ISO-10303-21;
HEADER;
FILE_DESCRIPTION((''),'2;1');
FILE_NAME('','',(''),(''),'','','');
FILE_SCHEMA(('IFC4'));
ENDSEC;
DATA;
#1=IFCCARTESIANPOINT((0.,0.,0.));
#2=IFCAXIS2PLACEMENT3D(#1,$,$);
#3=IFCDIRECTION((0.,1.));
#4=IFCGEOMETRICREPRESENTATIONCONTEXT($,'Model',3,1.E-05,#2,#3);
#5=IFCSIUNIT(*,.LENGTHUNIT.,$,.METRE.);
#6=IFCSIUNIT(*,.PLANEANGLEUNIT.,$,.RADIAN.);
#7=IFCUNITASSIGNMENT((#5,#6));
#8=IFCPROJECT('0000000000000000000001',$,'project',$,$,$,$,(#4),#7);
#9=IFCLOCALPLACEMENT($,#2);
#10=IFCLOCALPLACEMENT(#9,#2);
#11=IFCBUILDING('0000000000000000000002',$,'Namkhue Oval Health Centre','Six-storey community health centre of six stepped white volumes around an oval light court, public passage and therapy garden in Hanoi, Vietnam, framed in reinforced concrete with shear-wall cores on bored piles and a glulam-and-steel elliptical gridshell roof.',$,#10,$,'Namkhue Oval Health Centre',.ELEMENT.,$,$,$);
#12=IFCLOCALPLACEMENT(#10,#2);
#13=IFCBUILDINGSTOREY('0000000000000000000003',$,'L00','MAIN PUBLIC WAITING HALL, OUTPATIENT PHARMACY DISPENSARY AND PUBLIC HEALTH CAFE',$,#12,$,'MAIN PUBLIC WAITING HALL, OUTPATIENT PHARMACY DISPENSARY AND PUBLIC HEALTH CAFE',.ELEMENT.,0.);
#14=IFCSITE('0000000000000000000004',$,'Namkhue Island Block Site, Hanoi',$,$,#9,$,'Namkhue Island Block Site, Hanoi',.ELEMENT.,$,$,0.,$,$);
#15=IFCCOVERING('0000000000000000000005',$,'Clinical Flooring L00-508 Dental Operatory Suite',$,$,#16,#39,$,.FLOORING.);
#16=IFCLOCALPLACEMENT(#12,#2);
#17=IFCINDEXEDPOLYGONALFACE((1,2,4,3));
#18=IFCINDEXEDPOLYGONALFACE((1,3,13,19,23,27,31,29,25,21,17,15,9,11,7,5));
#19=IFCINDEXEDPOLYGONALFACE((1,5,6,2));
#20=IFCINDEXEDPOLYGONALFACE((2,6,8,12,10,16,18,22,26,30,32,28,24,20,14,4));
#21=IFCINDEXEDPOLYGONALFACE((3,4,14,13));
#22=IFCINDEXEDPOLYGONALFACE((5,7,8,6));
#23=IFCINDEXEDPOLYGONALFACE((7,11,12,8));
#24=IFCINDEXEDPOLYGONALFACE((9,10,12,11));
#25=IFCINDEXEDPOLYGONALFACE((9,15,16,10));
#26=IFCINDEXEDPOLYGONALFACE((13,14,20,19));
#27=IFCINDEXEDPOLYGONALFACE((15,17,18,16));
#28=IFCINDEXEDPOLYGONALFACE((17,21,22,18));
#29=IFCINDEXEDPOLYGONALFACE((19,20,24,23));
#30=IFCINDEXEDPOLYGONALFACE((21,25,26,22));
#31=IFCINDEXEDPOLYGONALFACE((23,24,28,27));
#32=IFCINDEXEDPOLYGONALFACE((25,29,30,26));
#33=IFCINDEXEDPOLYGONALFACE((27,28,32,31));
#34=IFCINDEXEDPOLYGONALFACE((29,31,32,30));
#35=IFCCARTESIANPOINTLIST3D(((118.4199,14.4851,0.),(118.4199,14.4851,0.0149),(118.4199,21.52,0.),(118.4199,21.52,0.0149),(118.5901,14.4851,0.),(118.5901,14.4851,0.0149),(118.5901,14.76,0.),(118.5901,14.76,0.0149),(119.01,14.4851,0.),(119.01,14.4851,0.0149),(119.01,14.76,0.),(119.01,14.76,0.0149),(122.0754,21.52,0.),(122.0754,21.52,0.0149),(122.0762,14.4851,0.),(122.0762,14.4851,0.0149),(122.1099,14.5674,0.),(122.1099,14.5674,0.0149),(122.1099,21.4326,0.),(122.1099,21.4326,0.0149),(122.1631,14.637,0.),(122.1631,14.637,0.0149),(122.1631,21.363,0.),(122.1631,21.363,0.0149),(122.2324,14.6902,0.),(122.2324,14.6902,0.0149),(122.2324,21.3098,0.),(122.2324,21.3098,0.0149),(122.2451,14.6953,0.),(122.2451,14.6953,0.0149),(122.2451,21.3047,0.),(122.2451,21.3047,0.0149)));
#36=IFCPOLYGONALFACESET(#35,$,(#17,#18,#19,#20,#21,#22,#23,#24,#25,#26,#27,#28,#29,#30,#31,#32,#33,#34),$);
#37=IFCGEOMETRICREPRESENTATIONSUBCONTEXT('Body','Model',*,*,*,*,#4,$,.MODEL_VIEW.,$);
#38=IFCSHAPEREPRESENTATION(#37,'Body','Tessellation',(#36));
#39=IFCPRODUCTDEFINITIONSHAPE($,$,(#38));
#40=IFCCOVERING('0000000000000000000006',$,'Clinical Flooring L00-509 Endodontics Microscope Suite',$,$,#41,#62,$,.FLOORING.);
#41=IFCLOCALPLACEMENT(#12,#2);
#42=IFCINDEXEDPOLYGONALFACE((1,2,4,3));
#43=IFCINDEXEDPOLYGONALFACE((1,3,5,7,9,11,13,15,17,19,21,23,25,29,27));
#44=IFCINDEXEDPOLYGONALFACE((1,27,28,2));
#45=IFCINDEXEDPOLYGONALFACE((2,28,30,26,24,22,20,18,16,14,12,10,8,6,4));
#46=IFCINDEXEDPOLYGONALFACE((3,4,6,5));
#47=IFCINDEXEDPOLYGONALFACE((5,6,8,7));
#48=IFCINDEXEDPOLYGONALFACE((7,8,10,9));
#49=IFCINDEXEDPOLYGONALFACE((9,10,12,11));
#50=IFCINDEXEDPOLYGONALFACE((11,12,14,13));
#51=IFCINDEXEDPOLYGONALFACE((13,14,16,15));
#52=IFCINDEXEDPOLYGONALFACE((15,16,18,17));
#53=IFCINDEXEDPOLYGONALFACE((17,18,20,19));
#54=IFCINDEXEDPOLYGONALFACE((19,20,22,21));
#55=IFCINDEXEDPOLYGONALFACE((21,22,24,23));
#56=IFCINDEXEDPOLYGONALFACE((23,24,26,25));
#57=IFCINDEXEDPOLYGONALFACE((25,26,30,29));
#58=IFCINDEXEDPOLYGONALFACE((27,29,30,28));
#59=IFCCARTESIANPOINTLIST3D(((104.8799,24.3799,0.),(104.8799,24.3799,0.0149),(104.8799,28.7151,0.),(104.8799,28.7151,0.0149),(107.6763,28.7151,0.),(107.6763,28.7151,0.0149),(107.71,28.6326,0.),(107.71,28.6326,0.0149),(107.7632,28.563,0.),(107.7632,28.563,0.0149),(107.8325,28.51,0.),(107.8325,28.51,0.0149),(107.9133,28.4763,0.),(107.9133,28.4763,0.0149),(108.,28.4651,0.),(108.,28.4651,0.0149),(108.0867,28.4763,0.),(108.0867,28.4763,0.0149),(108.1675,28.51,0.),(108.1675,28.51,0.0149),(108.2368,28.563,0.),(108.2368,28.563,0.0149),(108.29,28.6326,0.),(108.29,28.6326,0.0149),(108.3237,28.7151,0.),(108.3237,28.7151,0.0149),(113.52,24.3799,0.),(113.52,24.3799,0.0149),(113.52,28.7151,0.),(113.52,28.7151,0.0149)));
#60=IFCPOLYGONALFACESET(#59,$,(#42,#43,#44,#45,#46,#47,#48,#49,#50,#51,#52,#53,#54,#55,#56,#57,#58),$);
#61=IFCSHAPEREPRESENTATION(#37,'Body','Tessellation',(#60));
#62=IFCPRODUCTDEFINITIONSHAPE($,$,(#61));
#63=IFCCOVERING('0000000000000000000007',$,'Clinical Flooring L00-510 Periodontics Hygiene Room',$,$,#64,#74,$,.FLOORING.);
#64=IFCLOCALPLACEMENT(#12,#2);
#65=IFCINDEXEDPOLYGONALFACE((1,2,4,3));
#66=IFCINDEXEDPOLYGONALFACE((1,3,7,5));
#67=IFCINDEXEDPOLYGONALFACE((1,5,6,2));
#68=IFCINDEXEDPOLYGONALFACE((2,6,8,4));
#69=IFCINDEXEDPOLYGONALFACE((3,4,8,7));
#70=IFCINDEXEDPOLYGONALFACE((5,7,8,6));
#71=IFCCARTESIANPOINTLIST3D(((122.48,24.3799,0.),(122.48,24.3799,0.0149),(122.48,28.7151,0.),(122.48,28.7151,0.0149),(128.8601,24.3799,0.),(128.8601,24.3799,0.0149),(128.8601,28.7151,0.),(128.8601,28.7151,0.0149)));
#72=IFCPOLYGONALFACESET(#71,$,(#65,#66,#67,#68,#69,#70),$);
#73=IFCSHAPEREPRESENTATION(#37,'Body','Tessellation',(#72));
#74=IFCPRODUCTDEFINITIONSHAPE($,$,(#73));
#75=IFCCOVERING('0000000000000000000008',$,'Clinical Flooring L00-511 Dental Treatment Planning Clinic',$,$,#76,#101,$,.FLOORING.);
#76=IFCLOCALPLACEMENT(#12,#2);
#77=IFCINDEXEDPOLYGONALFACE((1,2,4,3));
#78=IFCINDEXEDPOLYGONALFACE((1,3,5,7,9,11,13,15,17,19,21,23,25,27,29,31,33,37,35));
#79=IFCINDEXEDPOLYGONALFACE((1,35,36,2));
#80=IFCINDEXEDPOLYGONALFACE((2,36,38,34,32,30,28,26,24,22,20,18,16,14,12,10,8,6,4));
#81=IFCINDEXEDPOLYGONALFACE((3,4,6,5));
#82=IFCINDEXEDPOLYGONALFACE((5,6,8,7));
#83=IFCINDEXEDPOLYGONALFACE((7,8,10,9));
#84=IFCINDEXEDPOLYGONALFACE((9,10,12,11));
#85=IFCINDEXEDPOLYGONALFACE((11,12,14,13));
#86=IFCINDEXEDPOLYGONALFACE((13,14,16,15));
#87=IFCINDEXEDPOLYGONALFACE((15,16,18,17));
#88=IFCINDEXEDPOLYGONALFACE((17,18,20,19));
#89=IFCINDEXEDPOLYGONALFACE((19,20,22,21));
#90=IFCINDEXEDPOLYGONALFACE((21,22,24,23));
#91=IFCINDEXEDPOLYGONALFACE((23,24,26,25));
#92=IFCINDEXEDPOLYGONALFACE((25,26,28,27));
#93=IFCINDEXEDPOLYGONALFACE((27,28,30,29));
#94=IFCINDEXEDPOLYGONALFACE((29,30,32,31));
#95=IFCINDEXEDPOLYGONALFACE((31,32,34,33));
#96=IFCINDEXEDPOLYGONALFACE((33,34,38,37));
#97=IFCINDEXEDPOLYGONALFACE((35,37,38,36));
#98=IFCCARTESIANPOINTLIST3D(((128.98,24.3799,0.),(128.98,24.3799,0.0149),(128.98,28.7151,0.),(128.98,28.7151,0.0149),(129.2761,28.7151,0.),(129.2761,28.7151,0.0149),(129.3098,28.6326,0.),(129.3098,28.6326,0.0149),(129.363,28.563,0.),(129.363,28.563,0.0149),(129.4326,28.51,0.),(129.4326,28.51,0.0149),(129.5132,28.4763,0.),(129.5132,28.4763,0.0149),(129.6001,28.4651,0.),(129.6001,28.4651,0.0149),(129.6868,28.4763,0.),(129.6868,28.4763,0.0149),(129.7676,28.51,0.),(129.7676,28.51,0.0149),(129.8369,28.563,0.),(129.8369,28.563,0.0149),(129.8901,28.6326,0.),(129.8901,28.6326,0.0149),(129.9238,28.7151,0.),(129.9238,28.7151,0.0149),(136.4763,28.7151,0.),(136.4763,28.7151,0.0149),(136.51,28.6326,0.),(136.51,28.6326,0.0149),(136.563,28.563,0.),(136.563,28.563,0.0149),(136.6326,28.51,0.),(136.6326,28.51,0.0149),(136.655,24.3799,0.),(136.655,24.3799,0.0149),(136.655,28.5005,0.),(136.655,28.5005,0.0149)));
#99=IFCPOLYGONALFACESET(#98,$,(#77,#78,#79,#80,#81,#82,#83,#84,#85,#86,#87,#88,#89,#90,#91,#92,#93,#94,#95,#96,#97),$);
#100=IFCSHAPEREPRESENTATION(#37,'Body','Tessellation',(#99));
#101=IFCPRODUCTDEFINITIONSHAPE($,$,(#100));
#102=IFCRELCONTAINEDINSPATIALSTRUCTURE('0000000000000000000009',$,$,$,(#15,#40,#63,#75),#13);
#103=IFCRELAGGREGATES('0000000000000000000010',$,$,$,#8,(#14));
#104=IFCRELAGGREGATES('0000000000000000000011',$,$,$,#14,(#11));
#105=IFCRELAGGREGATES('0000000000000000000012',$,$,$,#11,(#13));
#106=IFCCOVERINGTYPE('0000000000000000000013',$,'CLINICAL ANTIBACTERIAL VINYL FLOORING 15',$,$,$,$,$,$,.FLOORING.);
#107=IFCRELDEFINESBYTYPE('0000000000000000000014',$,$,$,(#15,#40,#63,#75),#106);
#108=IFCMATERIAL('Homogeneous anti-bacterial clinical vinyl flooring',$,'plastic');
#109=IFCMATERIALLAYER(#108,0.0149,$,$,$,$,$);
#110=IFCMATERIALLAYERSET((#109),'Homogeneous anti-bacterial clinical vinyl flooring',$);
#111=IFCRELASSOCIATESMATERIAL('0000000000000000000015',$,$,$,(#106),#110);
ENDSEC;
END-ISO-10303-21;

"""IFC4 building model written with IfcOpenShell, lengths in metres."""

from ifc_helpers import new_model, si_unit, direction, origin, place, context, subcontext, project, spatial, polyline, outline, extrude, material, layer, layer_set, type_object, element, save


model = new_model("IFC4")

# Units and contexts
model_context = context("Model", 3, precision=1e-05, world=origin(), true_north=direction((0.0, 1.0)))
body_context = subcontext(model_context, "Body", "Model", "MODEL_VIEW")
ifc_project = project(units=[si_unit("LENGTHUNIT", "METRE"), si_unit("PLANEANGLEUNIT", "RADIAN")], contexts=[model_context])

# Site, building, storey
site_placement = place(None, origin())
site = spatial("IfcSite", under=ifc_project, at=site_placement, Name="Namkhue Island Block Site, Hanoi", LongName="Namkhue Island Block Site, Hanoi", CompositionType="ELEMENT", RefElevation=0.0)
building_placement = place(site_placement, origin())
building = spatial("IfcBuilding", under=site, at=building_placement, Name="Namkhue Oval Health Centre", Description="Six-storey community health centre of six stepped white volumes around an oval light court, public passage and therapy garden in Hanoi, Vietnam, framed in reinforced concrete with shear-wall cores on bored piles and a glulam-and-steel elliptical gridshell roof.", LongName="Namkhue Oval Health Centre", CompositionType="ELEMENT")
storey_placement = place(building_placement, origin())
storey = spatial("IfcBuildingStorey", under=building, at=storey_placement, Name="L00", Description="MAIN PUBLIC WAITING HALL, OUTPATIENT PHARMACY DISPENSARY AND PUBLIC HEALTH CAFE", LongName="MAIN PUBLIC WAITING HALL, OUTPATIENT PHARMACY DISPENSARY AND PUBLIC HEALTH CAFE", CompositionType="ELEMENT", Elevation=0.0)

# Coverings
ifc_material_1 = material(Name="Homogeneous anti-bacterial clinical vinyl flooring", Category="plastic")
ifc_layer_1 = layer(ifc_material_1, 0.0149)
ifc_layer_set_1 = layer_set([ifc_layer_1], Name="Homogeneous anti-bacterial clinical vinyl flooring")
covering_type_1 = type_object("IfcCoveringType", Name="CLINICAL ANTIBACTERIAL VINYL FLOORING 15", PredefinedType="FLOORING", material=ifc_layer_set_1)
covering_1_placement = place(storey_placement, origin())
element("IfcCovering", 1, at=covering_1_placement, inside=storey, type_object=covering_type_1, Name="Clinical Flooring L00-508 Dental Operatory Suite", PredefinedType="FLOORING", context=body_context, shape_type="SweptSolid", body=[
    extrude(outline(polyline([(119.01, 14.4851), (119.01, 14.76), (118.5901, 14.76), (118.5901, 14.4851), (118.4199, 14.4851), (118.4199, 21.52), (122.0754, 21.52), (122.1099, 21.4326), (122.1631, 21.363), (122.2324, 21.3098), (122.2451, 21.3047), (122.2451, 14.6953), (122.2324, 14.6902), (122.1631, 14.637), (122.1099, 14.5674), (122.0762, 14.4851), (119.01, 14.4851)])), origin(), (0.0, 0.0, 1.0), 0.0149),
])
covering_2_placement = place(storey_placement, origin())
element("IfcCovering", 2, at=covering_2_placement, inside=storey, type_object=covering_type_1, Name="Clinical Flooring L00-509 Endodontics Microscope Suite", PredefinedType="FLOORING", context=body_context, shape_type="SweptSolid", body=[
    extrude(outline(polyline([(104.8799, 24.3799), (104.8799, 28.7151), (107.6763, 28.7151), (107.71, 28.6326), (107.7632, 28.563), (107.8325, 28.51), (107.9133, 28.4763), (108.0, 28.4651), (108.0867, 28.4763), (108.1675, 28.51), (108.2368, 28.563), (108.29, 28.6326), (108.3237, 28.7151), (113.52, 28.7151), (113.52, 24.3799), (104.8799, 24.3799)])), origin(), (0.0, 0.0, 1.0), 0.0149),
])
covering_3_placement = place(storey_placement, origin())
element("IfcCovering", 3, at=covering_3_placement, inside=storey, type_object=covering_type_1, Name="Clinical Flooring L00-510 Periodontics Hygiene Room", PredefinedType="FLOORING", context=body_context, shape_type="SweptSolid", body=[
    extrude(outline(polyline([(122.48, 24.3799), (122.48, 28.7151), (128.8601, 28.7151), (128.8601, 24.3799), (122.48, 24.3799)])), origin(), (0.0, 0.0, 1.0), 0.0149),
])
covering_4_placement = place(storey_placement, origin())
element("IfcCovering", 4, at=covering_4_placement, inside=storey, type_object=covering_type_1, Name="Clinical Flooring L00-511 Dental Treatment Planning Clinic", PredefinedType="FLOORING", context=body_context, shape_type="SweptSolid", body=[
    extrude(outline(polyline([(128.98, 24.3799), (128.98, 28.7151), (129.2761, 28.7151), (129.3098, 28.6326), (129.363, 28.563), (129.4326, 28.51), (129.5132, 28.4763), (129.6001, 28.4651), (129.6868, 28.4763), (129.7676, 28.51), (129.8369, 28.563), (129.8901, 28.6326), (129.9238, 28.7151), (136.4763, 28.7151), (136.51, 28.6326), (136.563, 28.563), (136.6326, 28.51), (136.655, 28.5005), (136.655, 24.3799), (128.98, 24.3799)])), origin(), (0.0, 0.0, 1.0), 0.0149),
])

save(model, "model.ifc")
